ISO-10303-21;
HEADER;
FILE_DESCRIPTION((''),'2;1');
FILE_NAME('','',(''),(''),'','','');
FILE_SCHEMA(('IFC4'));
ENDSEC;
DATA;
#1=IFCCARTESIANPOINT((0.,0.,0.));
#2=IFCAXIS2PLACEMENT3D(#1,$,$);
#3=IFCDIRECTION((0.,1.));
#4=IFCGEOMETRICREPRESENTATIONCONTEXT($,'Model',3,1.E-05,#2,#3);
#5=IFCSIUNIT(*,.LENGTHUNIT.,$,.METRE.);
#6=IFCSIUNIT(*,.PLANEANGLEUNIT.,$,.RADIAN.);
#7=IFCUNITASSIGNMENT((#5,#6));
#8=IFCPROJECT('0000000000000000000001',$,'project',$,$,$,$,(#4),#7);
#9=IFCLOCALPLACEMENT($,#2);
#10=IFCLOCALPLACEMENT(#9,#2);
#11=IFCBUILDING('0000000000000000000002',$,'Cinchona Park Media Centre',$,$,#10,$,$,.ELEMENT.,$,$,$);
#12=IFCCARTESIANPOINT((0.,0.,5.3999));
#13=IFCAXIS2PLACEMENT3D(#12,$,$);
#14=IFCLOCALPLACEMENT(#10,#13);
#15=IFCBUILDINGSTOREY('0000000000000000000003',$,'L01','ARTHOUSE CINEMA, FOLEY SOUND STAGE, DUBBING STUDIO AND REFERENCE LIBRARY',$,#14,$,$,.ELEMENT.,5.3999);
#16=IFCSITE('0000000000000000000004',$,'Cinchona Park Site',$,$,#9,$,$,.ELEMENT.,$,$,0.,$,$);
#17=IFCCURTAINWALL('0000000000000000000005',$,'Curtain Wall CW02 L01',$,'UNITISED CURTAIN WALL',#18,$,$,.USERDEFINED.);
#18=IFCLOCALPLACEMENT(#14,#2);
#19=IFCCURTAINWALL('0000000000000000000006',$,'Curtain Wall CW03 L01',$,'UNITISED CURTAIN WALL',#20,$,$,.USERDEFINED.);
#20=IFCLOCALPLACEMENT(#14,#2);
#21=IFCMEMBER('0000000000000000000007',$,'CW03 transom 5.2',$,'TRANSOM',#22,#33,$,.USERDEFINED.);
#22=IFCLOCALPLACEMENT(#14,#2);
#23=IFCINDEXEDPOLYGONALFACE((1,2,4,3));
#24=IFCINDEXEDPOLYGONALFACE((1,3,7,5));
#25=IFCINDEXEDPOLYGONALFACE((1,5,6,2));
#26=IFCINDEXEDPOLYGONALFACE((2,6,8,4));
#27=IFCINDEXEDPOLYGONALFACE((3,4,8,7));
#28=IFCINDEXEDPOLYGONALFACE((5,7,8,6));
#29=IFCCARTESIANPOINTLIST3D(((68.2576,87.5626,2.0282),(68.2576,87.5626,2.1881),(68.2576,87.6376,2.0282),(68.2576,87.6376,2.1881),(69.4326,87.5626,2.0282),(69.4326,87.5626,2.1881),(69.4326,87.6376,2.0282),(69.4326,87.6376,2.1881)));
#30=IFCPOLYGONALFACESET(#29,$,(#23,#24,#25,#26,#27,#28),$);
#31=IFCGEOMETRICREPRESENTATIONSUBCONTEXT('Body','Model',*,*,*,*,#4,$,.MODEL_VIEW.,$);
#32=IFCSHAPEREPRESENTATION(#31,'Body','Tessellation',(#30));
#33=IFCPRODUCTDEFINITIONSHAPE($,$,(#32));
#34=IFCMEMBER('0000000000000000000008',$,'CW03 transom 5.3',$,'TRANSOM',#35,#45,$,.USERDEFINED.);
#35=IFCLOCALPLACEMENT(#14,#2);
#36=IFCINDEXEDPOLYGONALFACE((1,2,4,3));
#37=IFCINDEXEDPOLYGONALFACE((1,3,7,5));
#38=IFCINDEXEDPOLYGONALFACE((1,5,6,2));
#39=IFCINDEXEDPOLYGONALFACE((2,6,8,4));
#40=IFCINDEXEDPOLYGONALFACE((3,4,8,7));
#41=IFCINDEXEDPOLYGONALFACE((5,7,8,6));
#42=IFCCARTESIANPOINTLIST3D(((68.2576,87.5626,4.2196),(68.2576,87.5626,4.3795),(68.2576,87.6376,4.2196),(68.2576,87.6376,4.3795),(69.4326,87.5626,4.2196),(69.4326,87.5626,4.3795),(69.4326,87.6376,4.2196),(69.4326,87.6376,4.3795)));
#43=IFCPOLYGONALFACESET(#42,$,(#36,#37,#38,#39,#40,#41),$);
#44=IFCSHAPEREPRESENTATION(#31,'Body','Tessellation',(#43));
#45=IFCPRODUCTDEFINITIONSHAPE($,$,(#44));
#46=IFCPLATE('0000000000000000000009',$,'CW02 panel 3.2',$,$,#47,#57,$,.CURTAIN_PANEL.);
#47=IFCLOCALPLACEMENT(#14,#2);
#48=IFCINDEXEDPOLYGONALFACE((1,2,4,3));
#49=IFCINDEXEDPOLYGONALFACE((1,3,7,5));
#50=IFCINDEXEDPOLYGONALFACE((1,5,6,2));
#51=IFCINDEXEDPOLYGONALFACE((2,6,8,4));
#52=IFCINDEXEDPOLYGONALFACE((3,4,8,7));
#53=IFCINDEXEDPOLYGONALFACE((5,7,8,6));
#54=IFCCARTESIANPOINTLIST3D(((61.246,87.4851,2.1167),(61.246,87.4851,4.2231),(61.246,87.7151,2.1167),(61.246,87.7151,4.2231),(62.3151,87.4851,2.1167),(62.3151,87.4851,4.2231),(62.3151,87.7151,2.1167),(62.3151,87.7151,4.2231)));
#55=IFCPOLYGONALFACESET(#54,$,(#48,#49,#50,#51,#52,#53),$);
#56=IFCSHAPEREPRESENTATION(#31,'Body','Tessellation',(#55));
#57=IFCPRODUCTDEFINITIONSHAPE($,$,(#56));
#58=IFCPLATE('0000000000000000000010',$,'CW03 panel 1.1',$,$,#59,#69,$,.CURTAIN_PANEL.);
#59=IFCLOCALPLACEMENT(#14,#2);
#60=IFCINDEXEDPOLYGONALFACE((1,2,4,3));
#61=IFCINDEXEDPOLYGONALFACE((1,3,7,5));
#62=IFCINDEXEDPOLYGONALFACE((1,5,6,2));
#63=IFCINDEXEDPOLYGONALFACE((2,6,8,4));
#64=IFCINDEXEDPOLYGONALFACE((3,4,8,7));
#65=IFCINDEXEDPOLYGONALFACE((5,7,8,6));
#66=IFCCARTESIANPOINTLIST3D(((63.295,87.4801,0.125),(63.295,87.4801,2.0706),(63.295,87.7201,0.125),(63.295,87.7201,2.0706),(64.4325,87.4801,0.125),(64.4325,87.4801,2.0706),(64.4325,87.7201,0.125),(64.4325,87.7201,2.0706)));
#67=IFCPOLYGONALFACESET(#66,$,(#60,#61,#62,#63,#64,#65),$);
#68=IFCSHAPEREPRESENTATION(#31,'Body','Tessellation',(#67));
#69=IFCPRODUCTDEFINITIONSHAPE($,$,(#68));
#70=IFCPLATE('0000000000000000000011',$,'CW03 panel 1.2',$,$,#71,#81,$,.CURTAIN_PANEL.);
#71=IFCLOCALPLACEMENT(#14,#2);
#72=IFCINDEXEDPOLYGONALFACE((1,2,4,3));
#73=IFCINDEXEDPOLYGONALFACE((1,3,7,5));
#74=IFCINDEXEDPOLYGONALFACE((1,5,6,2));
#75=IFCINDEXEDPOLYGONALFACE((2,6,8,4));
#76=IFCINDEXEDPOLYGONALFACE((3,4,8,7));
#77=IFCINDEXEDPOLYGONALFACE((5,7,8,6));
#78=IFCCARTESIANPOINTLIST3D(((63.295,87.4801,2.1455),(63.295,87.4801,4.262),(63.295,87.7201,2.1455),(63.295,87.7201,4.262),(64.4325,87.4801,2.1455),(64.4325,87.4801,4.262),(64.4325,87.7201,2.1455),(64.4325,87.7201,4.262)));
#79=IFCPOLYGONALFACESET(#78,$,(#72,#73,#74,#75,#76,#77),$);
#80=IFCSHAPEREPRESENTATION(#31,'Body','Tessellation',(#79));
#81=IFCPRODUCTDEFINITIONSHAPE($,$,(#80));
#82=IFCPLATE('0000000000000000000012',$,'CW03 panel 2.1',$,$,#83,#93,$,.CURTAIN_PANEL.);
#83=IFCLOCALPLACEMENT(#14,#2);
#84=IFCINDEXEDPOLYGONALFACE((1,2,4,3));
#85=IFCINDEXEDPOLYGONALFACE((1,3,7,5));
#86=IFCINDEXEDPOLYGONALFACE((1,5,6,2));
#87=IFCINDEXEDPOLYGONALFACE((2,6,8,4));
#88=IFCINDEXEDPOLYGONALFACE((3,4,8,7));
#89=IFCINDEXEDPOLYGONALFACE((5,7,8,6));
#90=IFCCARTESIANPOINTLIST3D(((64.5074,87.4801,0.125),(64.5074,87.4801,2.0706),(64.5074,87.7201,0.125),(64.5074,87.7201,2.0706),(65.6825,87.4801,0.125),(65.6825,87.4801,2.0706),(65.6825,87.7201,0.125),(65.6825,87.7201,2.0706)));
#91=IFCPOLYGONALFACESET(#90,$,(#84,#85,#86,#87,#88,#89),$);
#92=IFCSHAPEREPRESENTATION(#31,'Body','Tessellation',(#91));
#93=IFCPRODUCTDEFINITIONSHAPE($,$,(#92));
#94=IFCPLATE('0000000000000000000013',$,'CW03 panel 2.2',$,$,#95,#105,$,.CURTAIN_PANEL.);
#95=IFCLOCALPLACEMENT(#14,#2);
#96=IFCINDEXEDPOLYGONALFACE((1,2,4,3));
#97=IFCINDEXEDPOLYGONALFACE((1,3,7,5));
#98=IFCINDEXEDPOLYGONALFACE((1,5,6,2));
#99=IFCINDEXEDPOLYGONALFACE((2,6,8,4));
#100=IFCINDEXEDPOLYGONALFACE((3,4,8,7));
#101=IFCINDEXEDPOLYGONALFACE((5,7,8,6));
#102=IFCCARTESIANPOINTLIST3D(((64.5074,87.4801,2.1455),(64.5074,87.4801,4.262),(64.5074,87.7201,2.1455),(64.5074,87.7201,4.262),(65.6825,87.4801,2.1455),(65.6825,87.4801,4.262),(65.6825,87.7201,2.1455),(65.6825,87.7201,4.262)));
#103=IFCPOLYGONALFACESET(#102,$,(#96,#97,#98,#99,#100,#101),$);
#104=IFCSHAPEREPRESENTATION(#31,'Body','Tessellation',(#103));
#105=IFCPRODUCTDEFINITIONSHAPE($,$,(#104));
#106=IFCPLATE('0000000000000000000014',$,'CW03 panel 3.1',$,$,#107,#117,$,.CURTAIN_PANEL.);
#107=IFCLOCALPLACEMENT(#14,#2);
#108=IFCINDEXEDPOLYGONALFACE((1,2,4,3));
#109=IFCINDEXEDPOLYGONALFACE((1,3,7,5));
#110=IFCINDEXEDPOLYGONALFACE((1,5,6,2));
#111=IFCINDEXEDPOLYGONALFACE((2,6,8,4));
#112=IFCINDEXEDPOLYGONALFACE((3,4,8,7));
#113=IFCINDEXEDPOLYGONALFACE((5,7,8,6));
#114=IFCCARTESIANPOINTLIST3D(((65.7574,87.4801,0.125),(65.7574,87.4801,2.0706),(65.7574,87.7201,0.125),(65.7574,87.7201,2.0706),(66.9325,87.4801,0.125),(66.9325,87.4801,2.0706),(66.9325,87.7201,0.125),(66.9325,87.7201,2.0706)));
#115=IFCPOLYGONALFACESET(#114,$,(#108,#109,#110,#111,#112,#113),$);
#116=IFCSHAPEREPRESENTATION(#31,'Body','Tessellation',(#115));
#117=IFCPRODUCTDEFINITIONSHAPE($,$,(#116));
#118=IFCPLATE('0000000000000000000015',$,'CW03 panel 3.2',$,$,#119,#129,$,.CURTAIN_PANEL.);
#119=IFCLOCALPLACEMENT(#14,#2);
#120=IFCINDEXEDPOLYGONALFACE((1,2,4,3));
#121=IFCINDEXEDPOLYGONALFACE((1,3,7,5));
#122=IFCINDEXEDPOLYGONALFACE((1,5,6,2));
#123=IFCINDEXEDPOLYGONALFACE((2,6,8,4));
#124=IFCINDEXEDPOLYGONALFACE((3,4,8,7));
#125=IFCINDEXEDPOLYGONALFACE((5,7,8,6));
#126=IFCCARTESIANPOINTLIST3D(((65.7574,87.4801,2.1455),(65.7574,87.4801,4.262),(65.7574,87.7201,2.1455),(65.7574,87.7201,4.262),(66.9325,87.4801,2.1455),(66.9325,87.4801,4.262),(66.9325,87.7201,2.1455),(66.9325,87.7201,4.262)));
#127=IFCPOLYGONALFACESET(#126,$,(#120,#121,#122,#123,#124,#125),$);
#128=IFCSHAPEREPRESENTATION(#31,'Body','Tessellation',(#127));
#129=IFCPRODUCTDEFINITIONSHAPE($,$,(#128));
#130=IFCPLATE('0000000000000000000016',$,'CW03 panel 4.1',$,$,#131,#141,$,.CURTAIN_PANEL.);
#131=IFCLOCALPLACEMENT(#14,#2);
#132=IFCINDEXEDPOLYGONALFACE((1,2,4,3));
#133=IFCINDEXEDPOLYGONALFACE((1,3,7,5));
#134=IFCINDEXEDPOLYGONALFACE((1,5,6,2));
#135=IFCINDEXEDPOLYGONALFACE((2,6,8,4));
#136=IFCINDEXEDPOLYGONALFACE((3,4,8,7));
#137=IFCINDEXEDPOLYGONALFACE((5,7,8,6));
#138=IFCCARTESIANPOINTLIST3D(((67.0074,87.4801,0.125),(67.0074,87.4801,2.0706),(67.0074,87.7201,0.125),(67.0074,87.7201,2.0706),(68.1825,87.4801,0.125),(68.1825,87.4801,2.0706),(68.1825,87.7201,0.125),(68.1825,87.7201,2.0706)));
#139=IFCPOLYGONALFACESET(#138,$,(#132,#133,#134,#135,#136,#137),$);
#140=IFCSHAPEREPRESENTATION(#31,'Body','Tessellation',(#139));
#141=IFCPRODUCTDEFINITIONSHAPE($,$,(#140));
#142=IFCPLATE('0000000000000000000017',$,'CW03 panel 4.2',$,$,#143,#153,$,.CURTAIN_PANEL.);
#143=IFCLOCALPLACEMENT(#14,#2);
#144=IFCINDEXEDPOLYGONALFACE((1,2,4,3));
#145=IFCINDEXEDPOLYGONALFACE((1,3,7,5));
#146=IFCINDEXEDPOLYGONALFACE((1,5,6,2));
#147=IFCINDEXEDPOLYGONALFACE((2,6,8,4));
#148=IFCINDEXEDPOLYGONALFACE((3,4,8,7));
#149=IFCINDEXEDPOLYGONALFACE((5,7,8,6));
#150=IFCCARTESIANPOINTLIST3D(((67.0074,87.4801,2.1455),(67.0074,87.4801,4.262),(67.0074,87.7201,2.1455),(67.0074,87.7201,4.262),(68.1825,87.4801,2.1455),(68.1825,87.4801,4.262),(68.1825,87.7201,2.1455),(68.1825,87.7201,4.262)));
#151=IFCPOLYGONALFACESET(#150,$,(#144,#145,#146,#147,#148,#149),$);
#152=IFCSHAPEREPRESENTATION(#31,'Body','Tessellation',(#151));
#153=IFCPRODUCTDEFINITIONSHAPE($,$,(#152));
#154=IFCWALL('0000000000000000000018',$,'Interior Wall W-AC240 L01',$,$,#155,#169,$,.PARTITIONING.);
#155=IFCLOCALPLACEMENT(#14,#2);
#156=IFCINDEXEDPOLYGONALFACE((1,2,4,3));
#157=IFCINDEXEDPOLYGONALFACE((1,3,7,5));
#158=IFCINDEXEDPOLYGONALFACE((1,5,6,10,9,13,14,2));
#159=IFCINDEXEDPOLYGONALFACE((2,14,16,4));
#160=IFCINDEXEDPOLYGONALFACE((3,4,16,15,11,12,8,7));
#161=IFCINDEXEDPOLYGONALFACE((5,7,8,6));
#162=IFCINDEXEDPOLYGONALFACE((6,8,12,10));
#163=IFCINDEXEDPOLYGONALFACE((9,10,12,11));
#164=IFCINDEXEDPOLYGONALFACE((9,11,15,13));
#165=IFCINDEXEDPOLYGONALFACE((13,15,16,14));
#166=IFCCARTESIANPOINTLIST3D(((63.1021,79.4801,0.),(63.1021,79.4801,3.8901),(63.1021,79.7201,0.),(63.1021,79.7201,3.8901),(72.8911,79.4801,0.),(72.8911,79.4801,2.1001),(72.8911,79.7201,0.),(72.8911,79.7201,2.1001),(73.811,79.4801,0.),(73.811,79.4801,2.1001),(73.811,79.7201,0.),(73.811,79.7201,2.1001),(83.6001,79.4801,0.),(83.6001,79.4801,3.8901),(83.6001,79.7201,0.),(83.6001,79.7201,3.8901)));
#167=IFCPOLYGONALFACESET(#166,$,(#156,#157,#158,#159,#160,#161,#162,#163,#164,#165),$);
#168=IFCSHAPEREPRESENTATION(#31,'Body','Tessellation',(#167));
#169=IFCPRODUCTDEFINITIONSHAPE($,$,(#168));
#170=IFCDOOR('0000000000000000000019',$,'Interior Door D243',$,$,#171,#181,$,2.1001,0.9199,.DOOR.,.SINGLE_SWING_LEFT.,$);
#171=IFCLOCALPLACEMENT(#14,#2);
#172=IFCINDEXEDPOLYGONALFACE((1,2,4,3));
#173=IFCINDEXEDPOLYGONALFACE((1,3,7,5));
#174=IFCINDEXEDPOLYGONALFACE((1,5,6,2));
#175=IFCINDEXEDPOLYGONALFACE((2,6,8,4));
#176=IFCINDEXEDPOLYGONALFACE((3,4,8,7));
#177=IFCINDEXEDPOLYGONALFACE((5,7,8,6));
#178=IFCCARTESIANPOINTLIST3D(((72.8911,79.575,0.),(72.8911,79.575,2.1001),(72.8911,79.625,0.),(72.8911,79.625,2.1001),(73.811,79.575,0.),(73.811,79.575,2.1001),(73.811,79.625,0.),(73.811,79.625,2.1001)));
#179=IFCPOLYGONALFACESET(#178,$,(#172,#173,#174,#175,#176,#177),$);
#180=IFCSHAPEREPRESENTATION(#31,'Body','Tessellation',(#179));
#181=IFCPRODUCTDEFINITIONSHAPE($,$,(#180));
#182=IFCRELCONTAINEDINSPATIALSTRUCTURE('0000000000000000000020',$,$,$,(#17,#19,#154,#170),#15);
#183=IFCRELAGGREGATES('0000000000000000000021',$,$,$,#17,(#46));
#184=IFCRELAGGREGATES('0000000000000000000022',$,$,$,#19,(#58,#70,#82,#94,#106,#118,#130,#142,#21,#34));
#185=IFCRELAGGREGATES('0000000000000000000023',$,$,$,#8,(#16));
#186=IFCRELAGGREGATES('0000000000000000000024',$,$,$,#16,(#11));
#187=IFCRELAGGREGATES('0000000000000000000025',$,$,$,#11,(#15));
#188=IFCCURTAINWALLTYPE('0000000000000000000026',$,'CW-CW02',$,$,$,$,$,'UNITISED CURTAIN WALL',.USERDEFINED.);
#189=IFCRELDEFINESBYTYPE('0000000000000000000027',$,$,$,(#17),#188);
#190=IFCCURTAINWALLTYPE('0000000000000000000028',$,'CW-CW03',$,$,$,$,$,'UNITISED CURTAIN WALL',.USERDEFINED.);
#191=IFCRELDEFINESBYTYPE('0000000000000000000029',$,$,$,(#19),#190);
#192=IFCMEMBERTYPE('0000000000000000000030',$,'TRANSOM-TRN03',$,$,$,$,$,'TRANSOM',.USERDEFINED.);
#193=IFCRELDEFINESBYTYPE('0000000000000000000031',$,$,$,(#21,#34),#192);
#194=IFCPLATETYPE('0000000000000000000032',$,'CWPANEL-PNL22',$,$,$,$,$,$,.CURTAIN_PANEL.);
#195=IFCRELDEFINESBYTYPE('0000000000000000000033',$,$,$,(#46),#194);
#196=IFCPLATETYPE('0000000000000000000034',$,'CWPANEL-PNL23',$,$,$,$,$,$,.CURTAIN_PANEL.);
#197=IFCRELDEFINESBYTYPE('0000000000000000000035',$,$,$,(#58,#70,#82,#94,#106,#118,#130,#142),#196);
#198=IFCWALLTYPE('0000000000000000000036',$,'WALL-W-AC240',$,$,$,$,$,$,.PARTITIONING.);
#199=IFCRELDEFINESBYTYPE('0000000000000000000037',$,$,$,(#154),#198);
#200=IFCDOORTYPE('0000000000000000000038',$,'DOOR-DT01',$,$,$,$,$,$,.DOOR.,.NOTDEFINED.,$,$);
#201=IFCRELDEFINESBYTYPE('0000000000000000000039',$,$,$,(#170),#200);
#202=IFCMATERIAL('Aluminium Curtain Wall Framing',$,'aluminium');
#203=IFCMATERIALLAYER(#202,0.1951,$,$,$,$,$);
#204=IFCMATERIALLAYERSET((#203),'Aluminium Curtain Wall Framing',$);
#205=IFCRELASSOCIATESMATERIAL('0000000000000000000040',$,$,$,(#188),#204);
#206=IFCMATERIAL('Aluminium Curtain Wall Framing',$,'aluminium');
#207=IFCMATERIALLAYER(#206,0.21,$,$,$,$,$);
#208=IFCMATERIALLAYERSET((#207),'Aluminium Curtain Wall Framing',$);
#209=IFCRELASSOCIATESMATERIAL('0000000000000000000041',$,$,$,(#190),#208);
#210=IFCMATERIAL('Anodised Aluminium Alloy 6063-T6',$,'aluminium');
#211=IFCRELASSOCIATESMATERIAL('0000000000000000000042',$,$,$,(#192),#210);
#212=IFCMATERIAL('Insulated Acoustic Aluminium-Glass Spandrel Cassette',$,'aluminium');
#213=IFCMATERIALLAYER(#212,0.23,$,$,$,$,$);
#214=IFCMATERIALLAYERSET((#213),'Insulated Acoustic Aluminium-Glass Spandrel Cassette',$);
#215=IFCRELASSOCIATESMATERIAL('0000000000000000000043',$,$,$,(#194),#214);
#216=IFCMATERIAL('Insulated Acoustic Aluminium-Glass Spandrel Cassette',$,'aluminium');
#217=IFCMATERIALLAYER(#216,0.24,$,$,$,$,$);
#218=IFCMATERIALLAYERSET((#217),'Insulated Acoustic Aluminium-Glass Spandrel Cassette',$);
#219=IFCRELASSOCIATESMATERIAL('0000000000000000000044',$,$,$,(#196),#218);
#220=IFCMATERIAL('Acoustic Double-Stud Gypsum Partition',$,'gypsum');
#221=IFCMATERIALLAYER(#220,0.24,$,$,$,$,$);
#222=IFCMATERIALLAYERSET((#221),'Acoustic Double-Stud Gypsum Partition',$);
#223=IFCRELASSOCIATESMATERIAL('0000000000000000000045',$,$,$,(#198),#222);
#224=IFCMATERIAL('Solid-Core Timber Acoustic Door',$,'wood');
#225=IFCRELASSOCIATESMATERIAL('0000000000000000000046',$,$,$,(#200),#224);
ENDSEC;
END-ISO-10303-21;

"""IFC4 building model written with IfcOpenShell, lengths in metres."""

from ifc_helpers import new_model, si_unit, direction, frame, frame_2d, origin, origin_2d, place, context, subcontext, project, spatial, rectangle, extrude, material, layer, layer_set, material_profile, profile_set, type_object, element, fill, aggregate, save


model = new_model("IFC4")

# Units and contexts
model_context = context("Model", 3, precision=1e-05, world=origin(), true_north=direction((0.0, 1.0)))
body_context = subcontext(model_context, "Body", "Model", "MODEL_VIEW")
ifc_project = project(units=[si_unit("LENGTHUNIT", "METRE"), si_unit("PLANEANGLEUNIT", "RADIAN")], contexts=[model_context])

# Site, building, storey
site_placement = place(None, origin())
site = spatial("IfcSite", under=ifc_project, at=site_placement, Name="Cinchona Park Site", CompositionType="ELEMENT", RefElevation=0.0)
building_placement = place(site_placement, origin())
building = spatial("IfcBuilding", under=site, at=building_placement, Name="Cinchona Park Media Centre", CompositionType="ELEMENT")
storey_placement = place(building_placement, frame((0.0, 0.0, 5.3999)))
storey = spatial("IfcBuildingStorey", under=building, at=storey_placement, Name="L01", Description="ARTHOUSE CINEMA, FOLEY SOUND STAGE, DUBBING STUDIO AND REFERENCE LIBRARY", CompositionType="ELEMENT", Elevation=5.3999)

# Curtain wall
ifc_material_1 = material(Name="Aluminium Curtain Wall Framing", Category="aluminium")
ifc_layer_1 = layer(ifc_material_1, 0.1951)
ifc_layer_set_1 = layer_set([ifc_layer_1], Name="Aluminium Curtain Wall Framing")
curtain_wall_type_1 = type_object("IfcCurtainWallType", Name="CW-CW02", ElementType="UNITISED CURTAIN WALL", PredefinedType="USERDEFINED", material=ifc_layer_set_1)
curtain_wall_1_placement = place(storey_placement, origin())
curtain_wall_1 = element("IfcCurtainWall", 1, at=curtain_wall_1_placement, inside=storey, type_object=curtain_wall_type_1, Name="Curtain Wall CW02 L01", ObjectType="UNITISED CURTAIN WALL", PredefinedType="USERDEFINED")

# Curtain wall, members
ifc_material_2 = material(Name="Aluminium Curtain Wall Framing", Category="aluminium")
ifc_layer_2 = layer(ifc_material_2, 0.21)
ifc_layer_set_2 = layer_set([ifc_layer_2], Name="Aluminium Curtain Wall Framing")
curtain_wall_type_2 = type_object("IfcCurtainWallType", Name="CW-CW03", ElementType="UNITISED CURTAIN WALL", PredefinedType="USERDEFINED", material=ifc_layer_set_2)
curtain_wall_2_placement = place(storey_placement, origin())
curtain_wall_2 = element("IfcCurtainWall", 2, at=curtain_wall_2_placement, inside=storey, type_object=curtain_wall_type_2, Name="Curtain Wall CW03 L01", ObjectType="UNITISED CURTAIN WALL", PredefinedType="USERDEFINED")
ifc_material_3 = material(Name="Anodised Aluminium Alloy 6063-T6", Category="aluminium")
ifc_material_profile_1 = material_profile(ifc_material_3, rectangle(XDim=0.075, YDim=0.1599, at=origin_2d()), Name="TRN-75X160")
ifc_profile_set_1 = profile_set([ifc_material_profile_1], Name="Anodised Aluminium Alloy 6063-T6")
member_type_1 = type_object("IfcMemberType", Name="TRANSOM-TRN03", ElementType="TRANSOM", PredefinedType="USERDEFINED", material=ifc_profile_set_1)
member_1_placement = place(storey_placement, frame((68.2576, 87.6001, 2.1082), z_axis=(1.0, 0.0, 0.0), x_axis=(0.0, 1.0, 0.0)))
member_1 = element("IfcMember", 3, at=member_1_placement, type_object=member_type_1, Name="CW03 transom 5.2", ObjectType="TRANSOM", PredefinedType="USERDEFINED", context=body_context, shape_type="SweptSolid", body=[
    extrude(rectangle(XDim=0.075, YDim=0.1599, at=origin_2d()), origin(), (0.0, 0.0, 1.0), 1.175),
])
member_2_placement = place(storey_placement, frame((68.2576, 87.6001, 4.2996), z_axis=(1.0, 0.0, 0.0), x_axis=(0.0, 1.0, 0.0)))
member_2 = element("IfcMember", 4, at=member_2_placement, type_object=member_type_1, Name="CW03 transom 5.3", ObjectType="TRANSOM", PredefinedType="USERDEFINED", context=body_context, shape_type="SweptSolid", body=[
    extrude(rectangle(XDim=0.075, YDim=0.1599, at=origin_2d()), origin(), (0.0, 0.0, 1.0), 1.175),
])

# Plates
ifc_material_4 = material(Name="Insulated Acoustic Aluminium-Glass Spandrel Cassette", Category="aluminium")
ifc_layer_3 = layer(ifc_material_4, 0.23)
ifc_layer_set_3 = layer_set([ifc_layer_3], Name="Insulated Acoustic Aluminium-Glass Spandrel Cassette")
plate_type_1 = type_object("IfcPlateType", Name="CWPANEL-PNL22", PredefinedType="CURTAIN_PANEL", material=ifc_layer_set_3)
plate_1_placement = place(storey_placement, frame((61.7805, 87.6001, 2.1167), z_axis=(0.0, 0.0, 1.0), x_axis=(1.0, 0.0, 0.0)))
plate_1 = element("IfcPlate", 5, at=plate_1_placement, type_object=plate_type_1, Name="CW02 panel 3.2", PredefinedType="CURTAIN_PANEL", context=body_context, shape_type="SweptSolid", body=[
    extrude(rectangle(XDim=1.0691, YDim=0.23, at=origin_2d()), origin(), (0.0, 0.0, 1.0), 2.1064),
])
aggregate(curtain_wall_1, [plate_1])
ifc_material_5 = material(Name="Insulated Acoustic Aluminium-Glass Spandrel Cassette", Category="aluminium")
ifc_layer_4 = layer(ifc_material_5, 0.24)
ifc_layer_set_4 = layer_set([ifc_layer_4], Name="Insulated Acoustic Aluminium-Glass Spandrel Cassette")
plate_type_2 = type_object("IfcPlateType", Name="CWPANEL-PNL23", PredefinedType="CURTAIN_PANEL", material=ifc_layer_set_4)
plate_2_placement = place(storey_placement, frame((63.8638, 87.6001, 0.125), z_axis=(0.0, 0.0, 1.0), x_axis=(1.0, 0.0, 0.0)))
plate_2 = element("IfcPlate", 6, at=plate_2_placement, type_object=plate_type_2, Name="CW03 panel 1.1", PredefinedType="CURTAIN_PANEL", context=body_context, shape_type="SweptSolid", body=[
    extrude(rectangle(XDim=1.1375, YDim=0.24, at=origin_2d()), origin(), (0.0, 0.0, 1.0), 1.9456),
])
plate_3_placement = place(storey_placement, frame((63.8638, 87.6001, 2.1455), z_axis=(0.0, 0.0, 1.0), x_axis=(1.0, 0.0, 0.0)))
plate_3 = element("IfcPlate", 7, at=plate_3_placement, type_object=plate_type_2, Name="CW03 panel 1.2", PredefinedType="CURTAIN_PANEL", context=body_context, shape_type="SweptSolid", body=[
    extrude(rectangle(XDim=1.1375, YDim=0.24, at=origin_2d()), origin(), (0.0, 0.0, 1.0), 2.1165),
])
plate_4_placement = place(storey_placement, frame((65.095, 87.6001, 0.125), z_axis=(0.0, 0.0, 1.0), x_axis=(1.0, 0.0, 0.0)))
plate_4 = element("IfcPlate", 8, at=plate_4_placement, type_object=plate_type_2, Name="CW03 panel 2.1", PredefinedType="CURTAIN_PANEL", context=body_context, shape_type="SweptSolid", body=[
    extrude(rectangle(XDim=1.175, YDim=0.24, at=origin_2d()), origin(), (0.0, 0.0, 1.0), 1.9456),
])
plate_5_placement = place(storey_placement, frame((65.095, 87.6001, 2.1455), z_axis=(0.0, 0.0, 1.0), x_axis=(1.0, 0.0, 0.0)))
plate_5 = element("IfcPlate", 9, at=plate_5_placement, type_object=plate_type_2, Name="CW03 panel 2.2", PredefinedType="CURTAIN_PANEL", context=body_context, shape_type="SweptSolid", body=[
    extrude(rectangle(XDim=1.175, YDim=0.24, at=origin_2d()), origin(), (0.0, 0.0, 1.0), 2.1165),
])
plate_6_placement = place(storey_placement, frame((66.345, 87.6001, 0.125), z_axis=(0.0, 0.0, 1.0), x_axis=(1.0, 0.0, 0.0)))
plate_6 = element("IfcPlate", 10, at=plate_6_placement, type_object=plate_type_2, Name="CW03 panel 3.1", PredefinedType="CURTAIN_PANEL", context=body_context, shape_type="SweptSolid", body=[
    extrude(rectangle(XDim=1.175, YDim=0.24, at=origin_2d()), origin(), (0.0, 0.0, 1.0), 1.9456),
])
plate_7_placement = place(storey_placement, frame((66.345, 87.6001, 2.1455), z_axis=(0.0, 0.0, 1.0), x_axis=(1.0, 0.0, 0.0)))
plate_7 = element("IfcPlate", 11, at=plate_7_placement, type_object=plate_type_2, Name="CW03 panel 3.2", PredefinedType="CURTAIN_PANEL", context=body_context, shape_type="SweptSolid", body=[
    extrude(rectangle(XDim=1.175, YDim=0.24, at=origin_2d()), origin(), (0.0, 0.0, 1.0), 2.1165),
])
plate_8_placement = place(storey_placement, frame((67.595, 87.6001, 0.125), z_axis=(0.0, 0.0, 1.0), x_axis=(1.0, 0.0, 0.0)))
plate_8 = element("IfcPlate", 12, at=plate_8_placement, type_object=plate_type_2, Name="CW03 panel 4.1", PredefinedType="CURTAIN_PANEL", context=body_context, shape_type="SweptSolid", body=[
    extrude(rectangle(XDim=1.175, YDim=0.24, at=origin_2d()), origin(), (0.0, 0.0, 1.0), 1.9456),
])
plate_9_placement = place(storey_placement, frame((67.595, 87.6001, 2.1455), z_axis=(0.0, 0.0, 1.0), x_axis=(1.0, 0.0, 0.0)))
plate_9 = element("IfcPlate", 13, at=plate_9_placement, type_object=plate_type_2, Name="CW03 panel 4.2", PredefinedType="CURTAIN_PANEL", context=body_context, shape_type="SweptSolid", body=[
    extrude(rectangle(XDim=1.175, YDim=0.24, at=origin_2d()), origin(), (0.0, 0.0, 1.0), 2.1165),
])
aggregate(curtain_wall_2, [plate_2, plate_3, plate_4, plate_5, plate_6, plate_7, plate_8, plate_9, member_1, member_2])

# Wall, opening, door
ifc_material_6 = material(Name="Acoustic Double-Stud Gypsum Partition", Category="gypsum")
ifc_layer_5 = layer(ifc_material_6, 0.24)
ifc_layer_set_5 = layer_set([ifc_layer_5], Name="Acoustic Double-Stud Gypsum Partition")
wall_type = type_object("IfcWallType", Name="WALL-W-AC240", PredefinedType="PARTITIONING", material=ifc_layer_set_5)
wall_placement = place(storey_placement, frame((63.1021, 79.6001, 0.0), z_axis=(0.0, 0.0, 1.0), x_axis=(1.0, 0.0, 0.0)))
wall = element("IfcWall", 14, at=wall_placement, inside=storey, type_object=wall_type, Name="Interior Wall W-AC240 L01", PredefinedType="PARTITIONING", context=body_context, shape_type="SweptSolid", body=[
    extrude(rectangle(XDim=20.498, YDim=0.24, at=frame_2d((10.249, 0.0))), origin(), (0.0, 0.0, 1.0), 3.8901),
])
opening_placement = place(wall_placement, frame((9.7891, 0.0, 0.0)))
opening = element("IfcOpeningElement", 15, at=opening_placement, cuts=wall, PredefinedType="OPENING", context=body_context, shape_type="SweptSolid", body=[
    extrude(rectangle(XDim=0.9199, YDim=2.1001, at=frame_2d((0.46, 1.05))), frame((0.0, 0.1299, 0.0), z_axis=(0.0, -1.0, 0.0), x_axis=(1.0, 0.0, 0.0)), (0.0, 0.0, 1.0), 0.26),
])
ifc_material_7 = material(Name="Solid-Core Timber Acoustic Door", Category="wood")
door_type = type_object("IfcDoorType", Name="DOOR-DT01", OperationType="NOTDEFINED", PredefinedType="DOOR", material=ifc_material_7)
door_placement = place(opening_placement, origin())
door = element("IfcDoor", 16, at=door_placement, inside=storey, type_object=door_type, Name="Interior Door D243", OperationType="SINGLE_SWING_LEFT", OverallHeight=2.1001, OverallWidth=0.9199, PredefinedType="DOOR", context=body_context, shape_type="SweptSolid", body=[
    extrude(rectangle(XDim=0.9199, YDim=2.1001, at=frame_2d((0.46, 1.05))), frame((0.0, 0.0249, 0.0), z_axis=(0.0, -1.0, 0.0), x_axis=(1.0, 0.0, 0.0)), (0.0, 0.0, 1.0), 0.05),
])
fill(opening, door)

save(model, "model.ifc")
